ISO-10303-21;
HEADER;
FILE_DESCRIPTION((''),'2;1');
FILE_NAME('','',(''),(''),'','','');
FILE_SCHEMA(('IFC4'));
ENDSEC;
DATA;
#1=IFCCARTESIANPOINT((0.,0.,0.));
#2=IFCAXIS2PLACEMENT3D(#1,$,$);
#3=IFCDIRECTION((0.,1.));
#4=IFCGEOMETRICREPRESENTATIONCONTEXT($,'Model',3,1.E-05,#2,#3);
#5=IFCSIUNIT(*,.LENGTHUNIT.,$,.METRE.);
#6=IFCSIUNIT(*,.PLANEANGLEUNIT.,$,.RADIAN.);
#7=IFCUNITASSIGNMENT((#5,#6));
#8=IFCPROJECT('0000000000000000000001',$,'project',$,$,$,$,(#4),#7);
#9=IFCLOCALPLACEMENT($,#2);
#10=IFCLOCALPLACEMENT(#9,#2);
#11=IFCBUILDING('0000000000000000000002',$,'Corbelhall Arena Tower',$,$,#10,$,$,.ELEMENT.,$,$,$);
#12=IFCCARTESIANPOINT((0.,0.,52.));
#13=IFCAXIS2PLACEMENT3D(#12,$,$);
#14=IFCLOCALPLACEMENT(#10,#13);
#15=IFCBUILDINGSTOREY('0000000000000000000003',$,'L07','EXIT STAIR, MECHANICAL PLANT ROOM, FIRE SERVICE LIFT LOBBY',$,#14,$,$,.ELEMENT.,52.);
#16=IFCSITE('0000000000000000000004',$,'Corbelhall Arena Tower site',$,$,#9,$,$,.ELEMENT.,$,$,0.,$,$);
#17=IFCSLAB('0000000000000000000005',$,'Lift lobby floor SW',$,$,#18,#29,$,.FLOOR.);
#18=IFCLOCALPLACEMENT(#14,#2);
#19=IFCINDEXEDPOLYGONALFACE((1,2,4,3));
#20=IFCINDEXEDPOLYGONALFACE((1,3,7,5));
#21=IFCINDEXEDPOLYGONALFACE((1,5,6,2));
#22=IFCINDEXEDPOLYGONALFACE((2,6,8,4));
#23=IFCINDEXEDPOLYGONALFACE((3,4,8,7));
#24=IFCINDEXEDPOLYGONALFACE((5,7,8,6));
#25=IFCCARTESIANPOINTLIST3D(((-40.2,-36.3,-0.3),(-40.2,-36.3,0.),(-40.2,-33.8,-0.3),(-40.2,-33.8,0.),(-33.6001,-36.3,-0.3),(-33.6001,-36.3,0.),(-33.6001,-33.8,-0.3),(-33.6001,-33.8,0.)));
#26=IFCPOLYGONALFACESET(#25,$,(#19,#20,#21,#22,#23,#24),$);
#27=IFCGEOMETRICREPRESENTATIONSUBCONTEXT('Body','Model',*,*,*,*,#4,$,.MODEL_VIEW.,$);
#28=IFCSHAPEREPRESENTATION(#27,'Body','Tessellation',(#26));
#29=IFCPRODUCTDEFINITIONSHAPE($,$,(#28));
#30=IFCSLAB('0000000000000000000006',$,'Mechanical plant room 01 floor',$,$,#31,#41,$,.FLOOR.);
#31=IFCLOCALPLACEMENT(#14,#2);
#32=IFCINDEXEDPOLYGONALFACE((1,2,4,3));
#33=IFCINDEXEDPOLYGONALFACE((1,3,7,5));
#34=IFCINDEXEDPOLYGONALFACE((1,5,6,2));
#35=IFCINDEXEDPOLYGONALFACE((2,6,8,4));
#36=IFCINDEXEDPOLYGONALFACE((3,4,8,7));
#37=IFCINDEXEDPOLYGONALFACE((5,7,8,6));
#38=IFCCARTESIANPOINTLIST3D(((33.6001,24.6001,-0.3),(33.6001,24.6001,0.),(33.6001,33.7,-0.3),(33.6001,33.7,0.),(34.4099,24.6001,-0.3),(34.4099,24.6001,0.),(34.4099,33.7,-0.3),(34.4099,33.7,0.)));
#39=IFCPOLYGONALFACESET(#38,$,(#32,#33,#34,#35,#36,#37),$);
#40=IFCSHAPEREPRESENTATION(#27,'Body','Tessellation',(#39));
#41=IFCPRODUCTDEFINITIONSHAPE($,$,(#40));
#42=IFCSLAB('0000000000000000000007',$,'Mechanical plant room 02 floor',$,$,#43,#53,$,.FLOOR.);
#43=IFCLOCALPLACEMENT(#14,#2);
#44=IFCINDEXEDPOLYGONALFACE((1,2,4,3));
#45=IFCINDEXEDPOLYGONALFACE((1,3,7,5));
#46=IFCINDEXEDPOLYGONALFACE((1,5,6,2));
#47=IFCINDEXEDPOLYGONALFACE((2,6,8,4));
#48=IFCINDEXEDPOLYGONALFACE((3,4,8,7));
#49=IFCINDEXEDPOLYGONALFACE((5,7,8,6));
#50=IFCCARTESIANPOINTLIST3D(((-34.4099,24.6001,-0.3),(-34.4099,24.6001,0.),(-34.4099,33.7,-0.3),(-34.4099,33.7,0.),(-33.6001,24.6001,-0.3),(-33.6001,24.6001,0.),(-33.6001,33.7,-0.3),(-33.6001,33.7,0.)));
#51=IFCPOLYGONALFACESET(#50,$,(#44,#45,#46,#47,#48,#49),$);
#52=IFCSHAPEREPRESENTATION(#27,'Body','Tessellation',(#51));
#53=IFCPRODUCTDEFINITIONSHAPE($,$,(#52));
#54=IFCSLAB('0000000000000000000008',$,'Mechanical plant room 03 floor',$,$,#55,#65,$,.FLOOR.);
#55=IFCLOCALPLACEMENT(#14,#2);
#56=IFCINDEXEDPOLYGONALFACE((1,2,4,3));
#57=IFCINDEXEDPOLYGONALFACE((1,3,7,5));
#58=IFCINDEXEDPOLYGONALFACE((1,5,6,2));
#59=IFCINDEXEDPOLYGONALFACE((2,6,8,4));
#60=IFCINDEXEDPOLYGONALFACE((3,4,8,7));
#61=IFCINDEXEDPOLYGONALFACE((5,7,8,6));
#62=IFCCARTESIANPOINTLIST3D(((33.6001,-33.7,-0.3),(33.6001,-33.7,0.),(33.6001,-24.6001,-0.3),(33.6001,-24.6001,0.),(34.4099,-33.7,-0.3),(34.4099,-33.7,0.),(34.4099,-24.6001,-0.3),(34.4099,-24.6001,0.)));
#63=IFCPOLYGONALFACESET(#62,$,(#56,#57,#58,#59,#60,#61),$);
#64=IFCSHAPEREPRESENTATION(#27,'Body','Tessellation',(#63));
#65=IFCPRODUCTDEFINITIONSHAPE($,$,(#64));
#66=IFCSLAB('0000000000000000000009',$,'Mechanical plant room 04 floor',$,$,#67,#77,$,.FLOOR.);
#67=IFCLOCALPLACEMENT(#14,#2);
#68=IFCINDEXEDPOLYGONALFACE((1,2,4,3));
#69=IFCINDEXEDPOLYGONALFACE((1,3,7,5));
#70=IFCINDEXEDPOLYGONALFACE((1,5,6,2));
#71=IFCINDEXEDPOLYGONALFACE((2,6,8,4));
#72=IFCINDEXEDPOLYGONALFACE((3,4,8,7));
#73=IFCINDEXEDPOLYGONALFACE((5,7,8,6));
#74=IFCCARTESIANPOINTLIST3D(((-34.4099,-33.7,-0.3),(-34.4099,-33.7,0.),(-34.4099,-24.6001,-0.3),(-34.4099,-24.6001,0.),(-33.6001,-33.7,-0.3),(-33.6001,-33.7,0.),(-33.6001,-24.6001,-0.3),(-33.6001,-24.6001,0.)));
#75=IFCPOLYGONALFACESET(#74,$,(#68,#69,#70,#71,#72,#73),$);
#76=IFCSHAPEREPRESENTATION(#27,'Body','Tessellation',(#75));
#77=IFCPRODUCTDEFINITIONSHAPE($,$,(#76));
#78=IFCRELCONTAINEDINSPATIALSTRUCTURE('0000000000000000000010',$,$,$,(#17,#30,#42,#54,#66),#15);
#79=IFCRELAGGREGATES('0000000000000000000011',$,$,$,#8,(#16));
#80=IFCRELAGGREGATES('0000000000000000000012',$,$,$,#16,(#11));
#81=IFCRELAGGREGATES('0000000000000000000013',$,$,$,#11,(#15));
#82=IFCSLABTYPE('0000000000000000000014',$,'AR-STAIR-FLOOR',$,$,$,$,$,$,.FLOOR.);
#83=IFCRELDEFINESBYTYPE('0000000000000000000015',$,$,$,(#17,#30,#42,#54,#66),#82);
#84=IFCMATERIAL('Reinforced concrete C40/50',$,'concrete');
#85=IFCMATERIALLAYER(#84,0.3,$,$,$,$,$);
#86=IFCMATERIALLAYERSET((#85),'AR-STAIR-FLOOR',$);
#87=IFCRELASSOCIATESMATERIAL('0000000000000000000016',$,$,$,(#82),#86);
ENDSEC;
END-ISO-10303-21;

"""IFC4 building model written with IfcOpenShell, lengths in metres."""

from ifc_helpers import new_model, si_unit, direction, frame, origin, place, context, subcontext, project, spatial, polyline, outline, extrude, material, layer, layer_set, type_object, element, save


model = new_model("IFC4")

# Units and contexts
model_context = context("Model", 3, precision=1e-05, world=origin(), true_north=direction((0.0, 1.0)))
body_context = subcontext(model_context, "Body", "Model", "MODEL_VIEW")
ifc_project = project(units=[si_unit("LENGTHUNIT", "METRE"), si_unit("PLANEANGLEUNIT", "RADIAN")], contexts=[model_context])

# Site, building, storey
site_placement = place(None, origin())
site = spatial("IfcSite", under=ifc_project, at=site_placement, Name="Corbelhall Arena Tower site", CompositionType="ELEMENT", RefElevation=0.0)
building_placement = place(site_placement, origin())
building = spatial("IfcBuilding", under=site, at=building_placement, Name="Corbelhall Arena Tower", CompositionType="ELEMENT")
storey_placement = place(building_placement, frame((0.0, 0.0, 52.0)))
storey = spatial("IfcBuildingStorey", under=building, at=storey_placement, Name="L07", Description="EXIT STAIR, MECHANICAL PLANT ROOM, FIRE SERVICE LIFT LOBBY", CompositionType="ELEMENT", Elevation=52.0)

# Slabs
ifc_material_1 = material(Name="Reinforced concrete C40/50", Category="concrete")
ifc_layer = layer(ifc_material_1, 0.3)
ifc_layer_set = layer_set([ifc_layer], Name="AR-STAIR-FLOOR")
slab_type = type_object("IfcSlabType", Name="AR-STAIR-FLOOR", PredefinedType="FLOOR", material=ifc_layer_set)
slab_1_placement = place(storey_placement, frame((0.0, 0.0, -0.3)))
element("IfcSlab", 1, at=slab_1_placement, inside=storey, type_object=slab_type, Name="Lift lobby floor SW", PredefinedType="FLOOR", context=body_context, shape_type="SweptSolid", body=[
    extrude(outline(polyline([(-33.6001, -36.3), (-33.6001, -33.8), (-40.2, -33.8), (-40.2, -36.3), (-33.6001, -36.3)])), origin(), (0.0, 0.0, 1.0), 0.3),
])
slab_2_placement = place(storey_placement, frame((0.0, 0.0, -0.3)))
element("IfcSlab", 2, at=slab_2_placement, inside=storey, type_object=slab_type, Name="Mechanical plant room 01 floor", PredefinedType="FLOOR", context=body_context, shape_type="SweptSolid", body=[
    extrude(outline(polyline([(34.4099, 24.6001), (34.4099, 33.7), (33.6001, 33.7), (33.6001, 24.6001), (34.4099, 24.6001)])), origin(), (0.0, 0.0, 1.0), 0.3),
])
slab_3_placement = place(storey_placement, frame((0.0, 0.0, -0.3)))
element("IfcSlab", 3, at=slab_3_placement, inside=storey, type_object=slab_type, Name="Mechanical plant room 02 floor", PredefinedType="FLOOR", context=body_context, shape_type="SweptSolid", body=[
    extrude(outline(polyline([(-33.6001, 24.6001), (-33.6001, 33.7), (-34.4099, 33.7), (-34.4099, 24.6001), (-33.6001, 24.6001)])), origin(), (0.0, 0.0, 1.0), 0.3),
])
slab_4_placement = place(storey_placement, frame((0.0, 0.0, -0.3)))
element("IfcSlab", 4, at=slab_4_placement, inside=storey, type_object=slab_type, Name="Mechanical plant room 03 floor", PredefinedType="FLOOR", context=body_context, shape_type="SweptSolid", body=[
    extrude(outline(polyline([(34.4099, -33.7), (34.4099, -24.6001), (33.6001, -24.6001), (33.6001, -33.7), (34.4099, -33.7)])), origin(), (0.0, 0.0, 1.0), 0.3),
])
slab_5_placement = place(storey_placement, frame((0.0, 0.0, -0.3)))
element("IfcSlab", 5, at=slab_5_placement, inside=storey, type_object=slab_type, Name="Mechanical plant room 04 floor", PredefinedType="FLOOR", context=body_context, shape_type="SweptSolid", body=[
    extrude(outline(polyline([(-33.6001, -33.7), (-33.6001, -24.6001), (-34.4099, -24.6001), (-34.4099, -33.7), (-33.6001, -33.7)])), origin(), (0.0, 0.0, 1.0), 0.3),
])

save(model, "model.ifc")
